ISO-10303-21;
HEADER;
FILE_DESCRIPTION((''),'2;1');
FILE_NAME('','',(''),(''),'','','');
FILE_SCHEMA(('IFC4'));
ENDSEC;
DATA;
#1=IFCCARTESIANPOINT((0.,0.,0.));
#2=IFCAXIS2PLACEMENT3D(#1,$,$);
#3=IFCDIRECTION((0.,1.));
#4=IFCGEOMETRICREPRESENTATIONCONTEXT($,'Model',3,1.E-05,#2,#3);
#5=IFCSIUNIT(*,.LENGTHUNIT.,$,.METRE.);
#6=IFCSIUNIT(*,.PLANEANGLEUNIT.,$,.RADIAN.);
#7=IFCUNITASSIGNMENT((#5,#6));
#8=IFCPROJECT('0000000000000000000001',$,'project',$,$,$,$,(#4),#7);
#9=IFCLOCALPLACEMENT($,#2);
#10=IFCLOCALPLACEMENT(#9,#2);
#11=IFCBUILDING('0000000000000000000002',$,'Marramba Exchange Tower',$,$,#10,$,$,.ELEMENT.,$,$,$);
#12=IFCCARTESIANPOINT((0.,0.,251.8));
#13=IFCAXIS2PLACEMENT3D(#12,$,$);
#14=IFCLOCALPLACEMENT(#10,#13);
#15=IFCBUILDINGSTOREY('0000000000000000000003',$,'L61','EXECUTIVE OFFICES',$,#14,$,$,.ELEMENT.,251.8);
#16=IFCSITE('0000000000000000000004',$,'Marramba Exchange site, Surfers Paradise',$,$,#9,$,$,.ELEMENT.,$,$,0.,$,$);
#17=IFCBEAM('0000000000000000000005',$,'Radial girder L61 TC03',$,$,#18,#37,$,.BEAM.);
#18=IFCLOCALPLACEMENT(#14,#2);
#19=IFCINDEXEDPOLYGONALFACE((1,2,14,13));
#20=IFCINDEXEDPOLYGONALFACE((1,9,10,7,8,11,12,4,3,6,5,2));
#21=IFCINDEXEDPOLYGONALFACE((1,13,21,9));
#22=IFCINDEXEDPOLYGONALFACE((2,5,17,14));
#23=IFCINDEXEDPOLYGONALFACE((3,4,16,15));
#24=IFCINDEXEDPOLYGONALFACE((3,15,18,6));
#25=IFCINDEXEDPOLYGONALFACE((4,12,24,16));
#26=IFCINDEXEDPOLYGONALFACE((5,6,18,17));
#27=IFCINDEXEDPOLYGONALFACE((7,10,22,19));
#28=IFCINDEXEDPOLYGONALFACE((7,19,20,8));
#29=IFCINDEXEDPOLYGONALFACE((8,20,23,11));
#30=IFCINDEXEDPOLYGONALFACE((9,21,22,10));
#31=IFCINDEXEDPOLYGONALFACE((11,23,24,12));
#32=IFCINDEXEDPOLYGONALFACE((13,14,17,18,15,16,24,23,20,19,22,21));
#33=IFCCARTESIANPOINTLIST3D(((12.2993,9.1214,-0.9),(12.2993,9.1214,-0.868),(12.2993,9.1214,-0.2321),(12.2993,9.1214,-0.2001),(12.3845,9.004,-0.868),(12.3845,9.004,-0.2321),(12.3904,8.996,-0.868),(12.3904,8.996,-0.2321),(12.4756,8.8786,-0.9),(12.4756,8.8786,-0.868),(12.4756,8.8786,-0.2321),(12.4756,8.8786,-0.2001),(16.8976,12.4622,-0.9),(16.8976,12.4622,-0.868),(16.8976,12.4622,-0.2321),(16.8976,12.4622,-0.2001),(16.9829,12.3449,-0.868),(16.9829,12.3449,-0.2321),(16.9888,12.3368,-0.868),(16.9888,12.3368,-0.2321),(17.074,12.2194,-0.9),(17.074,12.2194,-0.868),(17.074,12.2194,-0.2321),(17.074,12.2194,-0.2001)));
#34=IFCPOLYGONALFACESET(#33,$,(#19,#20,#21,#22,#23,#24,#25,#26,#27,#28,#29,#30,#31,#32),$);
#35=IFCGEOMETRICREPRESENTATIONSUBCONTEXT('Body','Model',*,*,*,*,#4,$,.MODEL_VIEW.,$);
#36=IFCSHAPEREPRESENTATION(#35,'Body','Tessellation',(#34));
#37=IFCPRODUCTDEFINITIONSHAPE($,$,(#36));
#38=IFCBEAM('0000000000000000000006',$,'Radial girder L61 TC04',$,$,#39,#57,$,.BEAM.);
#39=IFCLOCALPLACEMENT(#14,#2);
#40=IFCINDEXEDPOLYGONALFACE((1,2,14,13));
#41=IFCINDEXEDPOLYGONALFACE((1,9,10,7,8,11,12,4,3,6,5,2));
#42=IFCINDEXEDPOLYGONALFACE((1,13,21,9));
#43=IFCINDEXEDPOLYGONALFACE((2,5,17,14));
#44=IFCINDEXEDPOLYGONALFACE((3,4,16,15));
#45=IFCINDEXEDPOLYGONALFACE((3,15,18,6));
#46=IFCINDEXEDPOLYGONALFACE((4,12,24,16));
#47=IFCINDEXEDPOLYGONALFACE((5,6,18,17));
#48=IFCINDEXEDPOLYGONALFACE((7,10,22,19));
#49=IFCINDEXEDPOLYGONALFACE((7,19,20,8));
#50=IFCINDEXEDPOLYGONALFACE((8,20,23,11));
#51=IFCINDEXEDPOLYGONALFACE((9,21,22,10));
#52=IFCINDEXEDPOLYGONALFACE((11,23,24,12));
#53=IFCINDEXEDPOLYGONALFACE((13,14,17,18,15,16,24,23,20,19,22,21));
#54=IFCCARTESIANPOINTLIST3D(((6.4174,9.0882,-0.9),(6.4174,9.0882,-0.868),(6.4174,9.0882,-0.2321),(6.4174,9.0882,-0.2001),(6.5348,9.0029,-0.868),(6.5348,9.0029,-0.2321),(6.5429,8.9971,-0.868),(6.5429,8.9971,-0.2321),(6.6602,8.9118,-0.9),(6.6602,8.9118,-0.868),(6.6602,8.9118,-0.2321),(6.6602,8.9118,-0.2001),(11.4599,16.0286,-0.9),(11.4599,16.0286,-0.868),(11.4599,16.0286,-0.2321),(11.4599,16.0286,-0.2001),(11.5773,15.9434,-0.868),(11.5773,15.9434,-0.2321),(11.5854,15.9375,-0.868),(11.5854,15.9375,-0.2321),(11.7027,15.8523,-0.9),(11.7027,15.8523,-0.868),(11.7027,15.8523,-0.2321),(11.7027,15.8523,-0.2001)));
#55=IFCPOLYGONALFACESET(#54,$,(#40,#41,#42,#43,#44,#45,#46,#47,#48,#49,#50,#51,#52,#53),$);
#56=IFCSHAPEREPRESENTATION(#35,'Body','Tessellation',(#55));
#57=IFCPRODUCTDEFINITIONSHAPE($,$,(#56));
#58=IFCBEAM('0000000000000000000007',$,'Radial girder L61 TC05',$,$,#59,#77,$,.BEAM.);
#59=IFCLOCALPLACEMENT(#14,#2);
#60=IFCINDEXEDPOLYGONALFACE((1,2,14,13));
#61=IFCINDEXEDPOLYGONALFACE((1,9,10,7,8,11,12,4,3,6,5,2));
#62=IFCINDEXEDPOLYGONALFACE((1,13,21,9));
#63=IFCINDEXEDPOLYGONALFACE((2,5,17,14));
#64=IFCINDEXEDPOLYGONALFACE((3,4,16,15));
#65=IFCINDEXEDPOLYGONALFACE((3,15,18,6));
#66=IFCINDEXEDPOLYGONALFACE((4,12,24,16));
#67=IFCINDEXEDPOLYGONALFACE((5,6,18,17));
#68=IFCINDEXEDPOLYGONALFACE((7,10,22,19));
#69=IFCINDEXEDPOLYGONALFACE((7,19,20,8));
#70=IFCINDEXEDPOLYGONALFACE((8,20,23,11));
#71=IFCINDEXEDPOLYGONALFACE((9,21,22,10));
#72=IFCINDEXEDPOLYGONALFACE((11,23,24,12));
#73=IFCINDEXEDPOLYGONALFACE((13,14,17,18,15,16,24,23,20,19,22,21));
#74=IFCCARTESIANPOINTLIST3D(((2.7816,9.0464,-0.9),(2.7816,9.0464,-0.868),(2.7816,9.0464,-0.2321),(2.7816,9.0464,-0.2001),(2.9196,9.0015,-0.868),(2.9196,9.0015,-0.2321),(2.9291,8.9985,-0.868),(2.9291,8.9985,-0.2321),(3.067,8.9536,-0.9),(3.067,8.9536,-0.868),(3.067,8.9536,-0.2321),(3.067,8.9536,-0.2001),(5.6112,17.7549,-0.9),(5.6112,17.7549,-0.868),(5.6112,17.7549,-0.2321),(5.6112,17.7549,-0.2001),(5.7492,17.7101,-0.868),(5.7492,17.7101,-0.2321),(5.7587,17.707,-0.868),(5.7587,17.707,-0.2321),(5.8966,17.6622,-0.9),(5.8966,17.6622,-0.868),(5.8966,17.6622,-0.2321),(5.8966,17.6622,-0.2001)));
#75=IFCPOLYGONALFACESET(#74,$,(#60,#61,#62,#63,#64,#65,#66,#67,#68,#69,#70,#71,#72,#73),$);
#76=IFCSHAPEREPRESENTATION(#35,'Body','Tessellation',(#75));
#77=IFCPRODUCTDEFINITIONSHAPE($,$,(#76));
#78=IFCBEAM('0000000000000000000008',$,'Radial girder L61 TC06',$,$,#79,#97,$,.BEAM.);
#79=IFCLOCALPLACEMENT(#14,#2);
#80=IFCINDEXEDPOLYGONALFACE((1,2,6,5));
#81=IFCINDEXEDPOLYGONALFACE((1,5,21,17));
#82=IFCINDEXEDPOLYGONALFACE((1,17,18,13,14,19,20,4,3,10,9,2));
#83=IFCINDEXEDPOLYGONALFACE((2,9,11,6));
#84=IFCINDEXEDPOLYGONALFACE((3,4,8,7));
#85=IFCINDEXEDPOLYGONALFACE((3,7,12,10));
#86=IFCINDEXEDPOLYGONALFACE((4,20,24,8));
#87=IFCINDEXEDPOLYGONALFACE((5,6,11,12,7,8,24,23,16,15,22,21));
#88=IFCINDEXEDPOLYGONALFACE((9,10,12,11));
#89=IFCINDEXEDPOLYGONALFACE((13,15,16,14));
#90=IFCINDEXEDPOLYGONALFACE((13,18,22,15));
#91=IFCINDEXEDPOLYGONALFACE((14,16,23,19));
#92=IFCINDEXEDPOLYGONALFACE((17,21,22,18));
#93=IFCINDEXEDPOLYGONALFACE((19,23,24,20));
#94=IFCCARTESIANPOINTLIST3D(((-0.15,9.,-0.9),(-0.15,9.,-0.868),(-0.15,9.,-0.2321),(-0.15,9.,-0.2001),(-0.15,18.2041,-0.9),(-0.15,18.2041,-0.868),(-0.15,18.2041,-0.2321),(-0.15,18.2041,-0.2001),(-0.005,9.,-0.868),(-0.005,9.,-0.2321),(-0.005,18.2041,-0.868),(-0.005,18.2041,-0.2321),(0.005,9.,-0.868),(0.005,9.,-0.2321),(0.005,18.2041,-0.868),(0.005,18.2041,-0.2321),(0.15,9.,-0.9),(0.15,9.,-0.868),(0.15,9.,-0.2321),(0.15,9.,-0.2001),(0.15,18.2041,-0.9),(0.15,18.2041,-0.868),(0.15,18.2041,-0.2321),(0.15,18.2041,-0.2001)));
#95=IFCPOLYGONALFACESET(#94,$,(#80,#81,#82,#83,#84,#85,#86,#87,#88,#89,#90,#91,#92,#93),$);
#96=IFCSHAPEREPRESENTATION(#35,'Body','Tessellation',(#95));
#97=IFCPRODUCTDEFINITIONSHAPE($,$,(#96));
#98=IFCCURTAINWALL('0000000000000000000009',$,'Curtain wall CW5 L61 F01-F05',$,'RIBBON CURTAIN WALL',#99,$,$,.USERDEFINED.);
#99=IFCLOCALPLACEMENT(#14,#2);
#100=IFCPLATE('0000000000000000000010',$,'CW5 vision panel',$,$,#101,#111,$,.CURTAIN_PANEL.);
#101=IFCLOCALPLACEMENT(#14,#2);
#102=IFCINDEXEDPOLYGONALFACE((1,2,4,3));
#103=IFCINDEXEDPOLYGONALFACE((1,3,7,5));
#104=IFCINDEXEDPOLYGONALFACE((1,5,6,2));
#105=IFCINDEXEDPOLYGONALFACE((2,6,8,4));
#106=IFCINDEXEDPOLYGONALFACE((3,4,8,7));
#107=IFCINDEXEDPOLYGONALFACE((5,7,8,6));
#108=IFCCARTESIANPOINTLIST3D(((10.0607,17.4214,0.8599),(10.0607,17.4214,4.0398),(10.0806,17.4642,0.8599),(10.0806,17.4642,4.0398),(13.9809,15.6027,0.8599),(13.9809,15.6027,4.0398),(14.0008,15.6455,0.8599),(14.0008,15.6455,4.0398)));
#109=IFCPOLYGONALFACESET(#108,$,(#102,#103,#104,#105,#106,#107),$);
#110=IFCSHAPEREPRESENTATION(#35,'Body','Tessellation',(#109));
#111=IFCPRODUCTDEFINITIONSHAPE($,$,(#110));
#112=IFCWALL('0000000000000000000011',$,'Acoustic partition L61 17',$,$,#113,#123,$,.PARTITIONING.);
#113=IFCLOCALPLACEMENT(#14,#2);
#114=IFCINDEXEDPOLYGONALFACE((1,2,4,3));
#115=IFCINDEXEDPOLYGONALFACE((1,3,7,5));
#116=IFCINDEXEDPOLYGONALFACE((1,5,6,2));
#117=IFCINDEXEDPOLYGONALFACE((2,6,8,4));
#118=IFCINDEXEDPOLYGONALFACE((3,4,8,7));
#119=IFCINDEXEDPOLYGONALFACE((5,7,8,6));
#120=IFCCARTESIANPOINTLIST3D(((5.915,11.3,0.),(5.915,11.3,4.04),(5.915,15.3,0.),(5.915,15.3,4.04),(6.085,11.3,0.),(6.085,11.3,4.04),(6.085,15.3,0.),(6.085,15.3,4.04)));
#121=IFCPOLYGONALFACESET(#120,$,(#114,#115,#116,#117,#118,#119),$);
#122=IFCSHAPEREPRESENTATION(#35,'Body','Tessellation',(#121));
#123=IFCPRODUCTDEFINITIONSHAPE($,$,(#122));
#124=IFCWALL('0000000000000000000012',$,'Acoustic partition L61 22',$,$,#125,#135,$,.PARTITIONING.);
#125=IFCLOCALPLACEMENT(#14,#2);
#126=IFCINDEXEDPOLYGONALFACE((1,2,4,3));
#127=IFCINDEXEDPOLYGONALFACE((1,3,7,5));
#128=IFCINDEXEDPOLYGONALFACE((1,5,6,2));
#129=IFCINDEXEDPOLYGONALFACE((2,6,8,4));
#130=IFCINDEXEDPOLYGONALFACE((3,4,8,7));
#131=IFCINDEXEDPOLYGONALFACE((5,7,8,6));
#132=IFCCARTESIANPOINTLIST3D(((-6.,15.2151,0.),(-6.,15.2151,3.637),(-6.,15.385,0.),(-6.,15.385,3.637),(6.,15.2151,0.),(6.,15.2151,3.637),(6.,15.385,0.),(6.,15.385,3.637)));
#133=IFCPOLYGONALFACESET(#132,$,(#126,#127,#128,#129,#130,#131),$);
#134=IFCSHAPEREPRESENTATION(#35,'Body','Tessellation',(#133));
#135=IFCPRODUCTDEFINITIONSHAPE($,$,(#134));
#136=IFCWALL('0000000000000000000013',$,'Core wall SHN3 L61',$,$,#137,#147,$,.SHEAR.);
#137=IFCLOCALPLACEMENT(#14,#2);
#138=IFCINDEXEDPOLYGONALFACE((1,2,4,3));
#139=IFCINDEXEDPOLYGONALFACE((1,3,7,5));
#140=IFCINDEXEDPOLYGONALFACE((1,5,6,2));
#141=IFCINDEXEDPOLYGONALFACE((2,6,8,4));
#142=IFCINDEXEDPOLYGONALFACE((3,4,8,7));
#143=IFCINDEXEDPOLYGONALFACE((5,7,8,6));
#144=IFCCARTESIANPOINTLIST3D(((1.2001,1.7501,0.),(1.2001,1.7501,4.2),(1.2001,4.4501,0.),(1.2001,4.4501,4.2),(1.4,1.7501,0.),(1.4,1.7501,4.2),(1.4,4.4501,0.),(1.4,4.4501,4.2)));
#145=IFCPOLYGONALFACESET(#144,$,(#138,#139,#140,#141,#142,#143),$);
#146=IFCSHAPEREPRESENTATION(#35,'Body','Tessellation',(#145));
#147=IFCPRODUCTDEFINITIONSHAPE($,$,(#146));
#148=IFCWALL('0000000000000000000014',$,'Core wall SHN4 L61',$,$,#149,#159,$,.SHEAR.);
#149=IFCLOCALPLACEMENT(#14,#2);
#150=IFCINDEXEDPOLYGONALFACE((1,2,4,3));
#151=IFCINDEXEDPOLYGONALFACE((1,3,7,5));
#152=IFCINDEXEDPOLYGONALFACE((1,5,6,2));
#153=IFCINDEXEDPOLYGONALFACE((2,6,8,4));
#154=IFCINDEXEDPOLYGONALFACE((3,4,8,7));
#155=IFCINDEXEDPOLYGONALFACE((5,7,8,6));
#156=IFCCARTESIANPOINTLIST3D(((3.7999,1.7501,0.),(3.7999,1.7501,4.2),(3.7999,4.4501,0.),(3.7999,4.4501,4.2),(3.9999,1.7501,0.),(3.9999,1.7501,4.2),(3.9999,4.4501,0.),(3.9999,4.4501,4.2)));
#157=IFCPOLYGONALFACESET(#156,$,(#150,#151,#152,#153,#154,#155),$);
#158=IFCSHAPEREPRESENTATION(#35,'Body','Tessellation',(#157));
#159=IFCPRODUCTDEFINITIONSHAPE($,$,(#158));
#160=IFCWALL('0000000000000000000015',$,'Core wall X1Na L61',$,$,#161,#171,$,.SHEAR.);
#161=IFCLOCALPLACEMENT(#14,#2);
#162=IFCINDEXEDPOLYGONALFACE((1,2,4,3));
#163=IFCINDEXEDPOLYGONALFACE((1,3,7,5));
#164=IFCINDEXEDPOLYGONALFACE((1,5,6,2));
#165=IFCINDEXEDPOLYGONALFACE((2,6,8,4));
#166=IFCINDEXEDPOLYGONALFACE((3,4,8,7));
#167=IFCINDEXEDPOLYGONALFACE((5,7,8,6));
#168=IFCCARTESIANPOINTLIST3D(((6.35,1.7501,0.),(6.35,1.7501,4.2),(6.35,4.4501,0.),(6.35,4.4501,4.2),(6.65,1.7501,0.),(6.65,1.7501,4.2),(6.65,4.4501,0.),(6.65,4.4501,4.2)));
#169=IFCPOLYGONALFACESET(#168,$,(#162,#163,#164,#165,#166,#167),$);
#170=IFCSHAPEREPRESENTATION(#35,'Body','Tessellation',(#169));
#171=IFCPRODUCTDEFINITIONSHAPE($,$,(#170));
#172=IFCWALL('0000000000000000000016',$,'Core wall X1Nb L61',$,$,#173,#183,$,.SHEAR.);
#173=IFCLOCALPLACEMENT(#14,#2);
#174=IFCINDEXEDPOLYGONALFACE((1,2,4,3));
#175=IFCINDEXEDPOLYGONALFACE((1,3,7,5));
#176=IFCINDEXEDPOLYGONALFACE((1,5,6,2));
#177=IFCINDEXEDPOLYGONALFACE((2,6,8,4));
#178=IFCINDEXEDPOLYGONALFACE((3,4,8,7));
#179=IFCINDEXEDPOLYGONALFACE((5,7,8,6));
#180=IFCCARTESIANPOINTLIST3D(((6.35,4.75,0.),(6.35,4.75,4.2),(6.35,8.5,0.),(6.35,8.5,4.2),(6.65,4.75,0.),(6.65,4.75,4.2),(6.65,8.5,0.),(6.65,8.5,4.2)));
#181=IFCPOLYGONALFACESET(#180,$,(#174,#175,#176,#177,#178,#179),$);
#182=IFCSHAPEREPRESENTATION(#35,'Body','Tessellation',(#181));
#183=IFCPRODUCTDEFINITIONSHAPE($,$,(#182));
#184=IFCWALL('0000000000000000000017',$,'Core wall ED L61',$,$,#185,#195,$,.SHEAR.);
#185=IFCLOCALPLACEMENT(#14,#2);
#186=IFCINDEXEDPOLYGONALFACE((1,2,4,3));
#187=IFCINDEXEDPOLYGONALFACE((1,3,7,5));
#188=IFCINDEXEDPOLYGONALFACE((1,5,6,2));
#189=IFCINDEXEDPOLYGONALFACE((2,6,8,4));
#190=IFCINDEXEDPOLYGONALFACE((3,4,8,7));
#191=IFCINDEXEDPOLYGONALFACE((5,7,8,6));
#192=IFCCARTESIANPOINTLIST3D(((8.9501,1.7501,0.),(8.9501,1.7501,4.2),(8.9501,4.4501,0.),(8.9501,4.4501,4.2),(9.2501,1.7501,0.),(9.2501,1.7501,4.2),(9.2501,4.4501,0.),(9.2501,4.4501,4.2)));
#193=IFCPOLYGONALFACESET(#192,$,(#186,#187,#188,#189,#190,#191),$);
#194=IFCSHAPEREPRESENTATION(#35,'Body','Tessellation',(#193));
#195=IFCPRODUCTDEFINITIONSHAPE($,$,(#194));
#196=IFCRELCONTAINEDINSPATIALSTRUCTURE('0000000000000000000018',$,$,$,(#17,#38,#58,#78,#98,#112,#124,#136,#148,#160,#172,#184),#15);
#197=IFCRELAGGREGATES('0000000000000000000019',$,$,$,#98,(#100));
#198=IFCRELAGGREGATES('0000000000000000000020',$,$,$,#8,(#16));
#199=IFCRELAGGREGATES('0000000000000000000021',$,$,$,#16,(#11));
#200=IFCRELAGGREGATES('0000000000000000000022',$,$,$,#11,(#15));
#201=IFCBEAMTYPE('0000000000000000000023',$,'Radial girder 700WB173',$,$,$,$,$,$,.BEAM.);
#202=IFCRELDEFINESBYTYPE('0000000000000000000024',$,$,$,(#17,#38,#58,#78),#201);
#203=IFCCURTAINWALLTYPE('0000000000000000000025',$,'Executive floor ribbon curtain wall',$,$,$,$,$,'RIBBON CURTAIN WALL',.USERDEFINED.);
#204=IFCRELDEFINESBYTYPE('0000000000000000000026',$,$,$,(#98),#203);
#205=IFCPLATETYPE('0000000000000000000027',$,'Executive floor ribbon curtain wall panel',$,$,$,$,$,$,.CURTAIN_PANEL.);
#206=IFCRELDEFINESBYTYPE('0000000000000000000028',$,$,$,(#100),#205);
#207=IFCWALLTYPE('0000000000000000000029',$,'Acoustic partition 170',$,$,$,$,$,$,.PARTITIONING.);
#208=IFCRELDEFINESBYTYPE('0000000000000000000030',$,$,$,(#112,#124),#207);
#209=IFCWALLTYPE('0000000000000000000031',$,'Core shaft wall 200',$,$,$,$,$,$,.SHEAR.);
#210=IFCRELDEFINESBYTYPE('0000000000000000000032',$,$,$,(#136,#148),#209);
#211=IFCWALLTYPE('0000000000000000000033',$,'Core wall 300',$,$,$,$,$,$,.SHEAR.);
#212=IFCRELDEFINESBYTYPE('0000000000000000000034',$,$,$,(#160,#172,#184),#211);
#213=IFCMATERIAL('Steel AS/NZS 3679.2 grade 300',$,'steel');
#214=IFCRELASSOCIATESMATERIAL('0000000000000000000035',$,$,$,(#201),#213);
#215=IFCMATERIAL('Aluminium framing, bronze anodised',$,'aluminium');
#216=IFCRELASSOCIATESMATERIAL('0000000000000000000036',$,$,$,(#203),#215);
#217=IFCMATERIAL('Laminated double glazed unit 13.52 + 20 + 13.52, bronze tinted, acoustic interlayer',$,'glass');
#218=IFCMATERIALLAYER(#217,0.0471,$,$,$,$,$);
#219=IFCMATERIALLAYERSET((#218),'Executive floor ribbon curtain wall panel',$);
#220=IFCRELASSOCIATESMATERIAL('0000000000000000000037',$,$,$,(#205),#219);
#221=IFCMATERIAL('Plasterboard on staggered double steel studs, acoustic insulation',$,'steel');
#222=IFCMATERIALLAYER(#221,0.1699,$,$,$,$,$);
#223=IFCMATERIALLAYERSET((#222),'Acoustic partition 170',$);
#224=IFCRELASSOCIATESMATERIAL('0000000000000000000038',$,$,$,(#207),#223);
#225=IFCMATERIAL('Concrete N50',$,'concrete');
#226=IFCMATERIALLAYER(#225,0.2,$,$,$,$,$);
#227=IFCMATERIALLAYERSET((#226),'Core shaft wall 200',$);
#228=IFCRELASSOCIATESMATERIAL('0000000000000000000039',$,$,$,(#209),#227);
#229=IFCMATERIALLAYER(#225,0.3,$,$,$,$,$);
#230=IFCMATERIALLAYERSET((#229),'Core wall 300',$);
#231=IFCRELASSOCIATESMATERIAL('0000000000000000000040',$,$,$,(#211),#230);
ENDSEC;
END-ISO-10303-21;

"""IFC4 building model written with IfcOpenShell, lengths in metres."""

from ifc_helpers import new_model, si_unit, direction, frame, frame_2d, origin, origin_2d, place, context, subcontext, project, spatial, rectangle, i_section, extrude, material, layer, layer_set, material_profile, profile_set, type_object, element, aggregate, save


model = new_model("IFC4")

# Units and contexts
model_context = context("Model", 3, precision=1e-05, world=origin(), true_north=direction((0.0, 1.0)))
body_context = subcontext(model_context, "Body", "Model", "MODEL_VIEW")
ifc_project = project(units=[si_unit("LENGTHUNIT", "METRE"), si_unit("PLANEANGLEUNIT", "RADIAN")], contexts=[model_context])

# Site, building, storey
site_placement = place(None, origin())
site = spatial("IfcSite", under=ifc_project, at=site_placement, Name="Marramba Exchange site, Surfers Paradise", CompositionType="ELEMENT", RefElevation=0.0)
building_placement = place(site_placement, origin())
building = spatial("IfcBuilding", under=site, at=building_placement, Name="Marramba Exchange Tower", CompositionType="ELEMENT")
storey_placement = place(building_placement, frame((0.0, 0.0, 251.8)))
storey = spatial("IfcBuildingStorey", under=building, at=storey_placement, Name="L61", Description="EXECUTIVE OFFICES", CompositionType="ELEMENT", Elevation=251.8)

# Shared definitions
ifc_material_1 = material(Name="Concrete N50", Category="concrete")

# Shared definitions
ifc_material_2 = material(Name="Steel AS/NZS 3679.2 grade 300", Category="steel")

# Beams
ifc_material_profile_1 = material_profile(ifc_material_2, i_section(OverallWidth=0.3, OverallDepth=0.7, WebThickness=0.01, FlangeThickness=0.032, at=origin_2d()), Name="700WB173")
ifc_profile_set_1 = profile_set([ifc_material_profile_1], Name="Steel AS/NZS 3679.2 grade 300")
beam_type_1 = type_object("IfcBeamType", Name="Radial girder 700WB173", PredefinedType="BEAM", material=ifc_profile_set_1)
beam_1_placement = place(storey_placement, frame((12.3875, 9.0, -0.55), z_axis=(0.809026, 0.587773, 0.0), x_axis=(-0.587773, 0.809026, 0.0)))
element("IfcBeam", 1, at=beam_1_placement, inside=storey, type_object=beam_type_1, Name="Radial girder L61 TC03", PredefinedType="BEAM", context=body_context, shape_type="SweptSolid", body=[
    extrude(i_section(OverallWidth=0.3, OverallDepth=0.7, WebThickness=0.01, FlangeThickness=0.032, at=origin_2d()), origin(), (0.0, 0.0, 1.0), 5.6838),
])
beam_2_placement = place(storey_placement, frame((6.5388, 9.0, -0.55), z_axis=(0.587782, 0.809019, 0.0), x_axis=(-0.809019, 0.587782, 0.0)))
element("IfcBeam", 2, at=beam_2_placement, inside=storey, type_object=beam_type_1, Name="Radial girder L61 TC04", PredefinedType="BEAM", context=body_context, shape_type="SweptSolid", body=[
    extrude(i_section(OverallWidth=0.3, OverallDepth=0.7, WebThickness=0.01, FlangeThickness=0.032, at=origin_2d()), origin(), (0.0, 0.0, 1.0), 8.5789),
])
beam_3_placement = place(storey_placement, frame((2.9243, 9.0, -0.55), z_axis=(0.30902, 0.951056, 0.0), x_axis=(-0.951056, 0.30902, 0.0)))
element("IfcBeam", 3, at=beam_3_placement, inside=storey, type_object=beam_type_1, Name="Radial girder L61 TC05", PredefinedType="BEAM", context=body_context, shape_type="SweptSolid", body=[
    extrude(i_section(OverallWidth=0.3, OverallDepth=0.7, WebThickness=0.01, FlangeThickness=0.032, at=origin_2d()), origin(), (0.0, 0.0, 1.0), 9.1567),
])
beam_4_placement = place(storey_placement, frame((0.0, 9.0, -0.55), z_axis=(0.0, 1.0, 0.0), x_axis=(-1.0, 0.0, 0.0)))
element("IfcBeam", 4, at=beam_4_placement, inside=storey, type_object=beam_type_1, Name="Radial girder L61 TC06", PredefinedType="BEAM", context=body_context, shape_type="SweptSolid", body=[
    extrude(i_section(OverallWidth=0.3, OverallDepth=0.7, WebThickness=0.01, FlangeThickness=0.032, at=origin_2d()), origin(), (0.0, 0.0, 1.0), 9.2041),
])

# Curtain wall, plate
ifc_material_3 = material(Name="Aluminium framing, bronze anodised", Category="aluminium")
curtain_wall_type = type_object("IfcCurtainWallType", Name="Executive floor ribbon curtain wall", ElementType="RIBBON CURTAIN WALL", PredefinedType="USERDEFINED", material=ifc_material_3)
curtain_wall_placement = place(storey_placement, origin())
curtain_wall = element("IfcCurtainWall", 5, at=curtain_wall_placement, inside=storey, type_object=curtain_wall_type, Name="Curtain wall CW5 L61 F01-F05", ObjectType="RIBBON CURTAIN WALL", PredefinedType="USERDEFINED")
ifc_material_4 = material(Name="Laminated double glazed unit 13.52 + 20 + 13.52, bronze tinted, acoustic interlayer", Category="glass")
ifc_layer_1 = layer(ifc_material_4, 0.0471)
ifc_layer_set_1 = layer_set([ifc_layer_1], Name="Executive floor ribbon curtain wall panel")
plate_type = type_object("IfcPlateType", Name="Executive floor ribbon curtain wall panel", PredefinedType="CURTAIN_PANEL", material=ifc_layer_set_1)
plate_placement = place(storey_placement, frame((12.0308, 16.5334, 0.8599), z_axis=(0.0, 0.0, 1.0), x_axis=(-0.907131, 0.420849, 0.0)))
plate = element("IfcPlate", 6, at=plate_placement, type_object=plate_type, Name="CW5 vision panel", PredefinedType="CURTAIN_PANEL", context=body_context, shape_type="SweptSolid", body=[
    extrude(rectangle(XDim=4.3215, YDim=0.0471, at=origin_2d()), origin(), (0.0, 0.0, 1.0), 3.1799),
])
aggregate(curtain_wall, [plate])

# Walls
ifc_material_5 = material(Name="Plasterboard on staggered double steel studs, acoustic insulation", Category="steel")
ifc_layer_2 = layer(ifc_material_5, 0.1699)
ifc_layer_set_2 = layer_set([ifc_layer_2], Name="Acoustic partition 170")
wall_type_1 = type_object("IfcWallType", Name="Acoustic partition 170", PredefinedType="PARTITIONING", material=ifc_layer_set_2)
wall_1_placement = place(storey_placement, frame((6.0, 11.3, 0.0), z_axis=(0.0, 0.0, 1.0), x_axis=(0.0, 1.0, 0.0)))
element("IfcWall", 7, at=wall_1_placement, inside=storey, type_object=wall_type_1, Name="Acoustic partition L61 17", PredefinedType="PARTITIONING", context=body_context, shape_type="SweptSolid", body=[
    extrude(rectangle(XDim=4.0, YDim=0.1699, at=frame_2d((2.0, 0.0))), origin(), (0.0, 0.0, 1.0), 4.04),
])
wall_2_placement = place(storey_placement, frame((6.0, 15.3, 0.0), z_axis=(0.0, 0.0, 1.0), x_axis=(-1.0, 0.0, 0.0)))
element("IfcWall", 8, at=wall_2_placement, inside=storey, type_object=wall_type_1, Name="Acoustic partition L61 22", PredefinedType="PARTITIONING", context=body_context, shape_type="SweptSolid", body=[
    extrude(rectangle(XDim=12.0, YDim=0.1699, at=frame_2d((6.0, 0.0))), origin(), (0.0, 0.0, 1.0), 3.637),
])
ifc_layer_3 = layer(ifc_material_1, 0.2)
ifc_layer_set_3 = layer_set([ifc_layer_3], Name="Core shaft wall 200")
wall_type_2 = type_object("IfcWallType", Name="Core shaft wall 200", PredefinedType="SHEAR", material=ifc_layer_set_3)
for number, where, z_axis, x_axis, name in (
    (9, (1.3, 1.75, 0.0), (0.0, 0.0, 1.0), (0.0, 1.0, 0.0), "Core wall SHN3 L61"),
    (10, (3.8999, 1.75, 0.0), (0.0, 0.0, 1.0), (0.0, 1.0, 0.0), "Core wall SHN4 L61"),
):
    element("IfcWall", number, at=place(storey_placement, frame(where, z_axis=z_axis, x_axis=x_axis)), inside=storey, type_object=wall_type_2, Name=name, PredefinedType="SHEAR", context=body_context, shape_type="SweptSolid", body=[
        extrude(rectangle(XDim=2.7, YDim=0.2, at=frame_2d((1.3501, 0.0))), origin(), (0.0, 0.0, 1.0), 4.2),
    ])
ifc_layer_4 = layer(ifc_material_1, 0.3)
ifc_layer_set_4 = layer_set([ifc_layer_4], Name="Core wall 300")
wall_type_3 = type_object("IfcWallType", Name="Core wall 300", PredefinedType="SHEAR", material=ifc_layer_set_4)
wall_3_placement = place(storey_placement, frame((6.5, 1.75, 0.0), z_axis=(0.0, 0.0, 1.0), x_axis=(0.0, 1.0, 0.0)))
element("IfcWall", 11, at=wall_3_placement, inside=storey, type_object=wall_type_3, Name="Core wall X1Na L61", PredefinedType="SHEAR", context=body_context, shape_type="SweptSolid", body=[
    extrude(rectangle(XDim=2.7, YDim=0.3, at=frame_2d((1.3501, 0.0))), origin(), (0.0, 0.0, 1.0), 4.2),
])
wall_4_placement = place(storey_placement, frame((6.5, 4.75, 0.0), z_axis=(0.0, 0.0, 1.0), x_axis=(0.0, 1.0, 0.0)))
element("IfcWall", 12, at=wall_4_placement, inside=storey, type_object=wall_type_3, Name="Core wall X1Nb L61", PredefinedType="SHEAR", context=body_context, shape_type="SweptSolid", body=[
    extrude(rectangle(XDim=3.75, YDim=0.3, at=frame_2d((1.875, 0.0))), origin(), (0.0, 0.0, 1.0), 4.2),
])
wall_5_placement = place(storey_placement, frame((9.1001, 1.75, 0.0), z_axis=(0.0, 0.0, 1.0), x_axis=(0.0, 1.0, 0.0)))
element("IfcWall", 13, at=wall_5_placement, inside=storey, type_object=wall_type_3, Name="Core wall ED L61", PredefinedType="SHEAR", context=body_context, shape_type="SweptSolid", body=[
    extrude(rectangle(XDim=2.7, YDim=0.3, at=frame_2d((1.3501, 0.0))), origin(), (0.0, 0.0, 1.0), 4.2),
])

save(model, "model.ifc")
